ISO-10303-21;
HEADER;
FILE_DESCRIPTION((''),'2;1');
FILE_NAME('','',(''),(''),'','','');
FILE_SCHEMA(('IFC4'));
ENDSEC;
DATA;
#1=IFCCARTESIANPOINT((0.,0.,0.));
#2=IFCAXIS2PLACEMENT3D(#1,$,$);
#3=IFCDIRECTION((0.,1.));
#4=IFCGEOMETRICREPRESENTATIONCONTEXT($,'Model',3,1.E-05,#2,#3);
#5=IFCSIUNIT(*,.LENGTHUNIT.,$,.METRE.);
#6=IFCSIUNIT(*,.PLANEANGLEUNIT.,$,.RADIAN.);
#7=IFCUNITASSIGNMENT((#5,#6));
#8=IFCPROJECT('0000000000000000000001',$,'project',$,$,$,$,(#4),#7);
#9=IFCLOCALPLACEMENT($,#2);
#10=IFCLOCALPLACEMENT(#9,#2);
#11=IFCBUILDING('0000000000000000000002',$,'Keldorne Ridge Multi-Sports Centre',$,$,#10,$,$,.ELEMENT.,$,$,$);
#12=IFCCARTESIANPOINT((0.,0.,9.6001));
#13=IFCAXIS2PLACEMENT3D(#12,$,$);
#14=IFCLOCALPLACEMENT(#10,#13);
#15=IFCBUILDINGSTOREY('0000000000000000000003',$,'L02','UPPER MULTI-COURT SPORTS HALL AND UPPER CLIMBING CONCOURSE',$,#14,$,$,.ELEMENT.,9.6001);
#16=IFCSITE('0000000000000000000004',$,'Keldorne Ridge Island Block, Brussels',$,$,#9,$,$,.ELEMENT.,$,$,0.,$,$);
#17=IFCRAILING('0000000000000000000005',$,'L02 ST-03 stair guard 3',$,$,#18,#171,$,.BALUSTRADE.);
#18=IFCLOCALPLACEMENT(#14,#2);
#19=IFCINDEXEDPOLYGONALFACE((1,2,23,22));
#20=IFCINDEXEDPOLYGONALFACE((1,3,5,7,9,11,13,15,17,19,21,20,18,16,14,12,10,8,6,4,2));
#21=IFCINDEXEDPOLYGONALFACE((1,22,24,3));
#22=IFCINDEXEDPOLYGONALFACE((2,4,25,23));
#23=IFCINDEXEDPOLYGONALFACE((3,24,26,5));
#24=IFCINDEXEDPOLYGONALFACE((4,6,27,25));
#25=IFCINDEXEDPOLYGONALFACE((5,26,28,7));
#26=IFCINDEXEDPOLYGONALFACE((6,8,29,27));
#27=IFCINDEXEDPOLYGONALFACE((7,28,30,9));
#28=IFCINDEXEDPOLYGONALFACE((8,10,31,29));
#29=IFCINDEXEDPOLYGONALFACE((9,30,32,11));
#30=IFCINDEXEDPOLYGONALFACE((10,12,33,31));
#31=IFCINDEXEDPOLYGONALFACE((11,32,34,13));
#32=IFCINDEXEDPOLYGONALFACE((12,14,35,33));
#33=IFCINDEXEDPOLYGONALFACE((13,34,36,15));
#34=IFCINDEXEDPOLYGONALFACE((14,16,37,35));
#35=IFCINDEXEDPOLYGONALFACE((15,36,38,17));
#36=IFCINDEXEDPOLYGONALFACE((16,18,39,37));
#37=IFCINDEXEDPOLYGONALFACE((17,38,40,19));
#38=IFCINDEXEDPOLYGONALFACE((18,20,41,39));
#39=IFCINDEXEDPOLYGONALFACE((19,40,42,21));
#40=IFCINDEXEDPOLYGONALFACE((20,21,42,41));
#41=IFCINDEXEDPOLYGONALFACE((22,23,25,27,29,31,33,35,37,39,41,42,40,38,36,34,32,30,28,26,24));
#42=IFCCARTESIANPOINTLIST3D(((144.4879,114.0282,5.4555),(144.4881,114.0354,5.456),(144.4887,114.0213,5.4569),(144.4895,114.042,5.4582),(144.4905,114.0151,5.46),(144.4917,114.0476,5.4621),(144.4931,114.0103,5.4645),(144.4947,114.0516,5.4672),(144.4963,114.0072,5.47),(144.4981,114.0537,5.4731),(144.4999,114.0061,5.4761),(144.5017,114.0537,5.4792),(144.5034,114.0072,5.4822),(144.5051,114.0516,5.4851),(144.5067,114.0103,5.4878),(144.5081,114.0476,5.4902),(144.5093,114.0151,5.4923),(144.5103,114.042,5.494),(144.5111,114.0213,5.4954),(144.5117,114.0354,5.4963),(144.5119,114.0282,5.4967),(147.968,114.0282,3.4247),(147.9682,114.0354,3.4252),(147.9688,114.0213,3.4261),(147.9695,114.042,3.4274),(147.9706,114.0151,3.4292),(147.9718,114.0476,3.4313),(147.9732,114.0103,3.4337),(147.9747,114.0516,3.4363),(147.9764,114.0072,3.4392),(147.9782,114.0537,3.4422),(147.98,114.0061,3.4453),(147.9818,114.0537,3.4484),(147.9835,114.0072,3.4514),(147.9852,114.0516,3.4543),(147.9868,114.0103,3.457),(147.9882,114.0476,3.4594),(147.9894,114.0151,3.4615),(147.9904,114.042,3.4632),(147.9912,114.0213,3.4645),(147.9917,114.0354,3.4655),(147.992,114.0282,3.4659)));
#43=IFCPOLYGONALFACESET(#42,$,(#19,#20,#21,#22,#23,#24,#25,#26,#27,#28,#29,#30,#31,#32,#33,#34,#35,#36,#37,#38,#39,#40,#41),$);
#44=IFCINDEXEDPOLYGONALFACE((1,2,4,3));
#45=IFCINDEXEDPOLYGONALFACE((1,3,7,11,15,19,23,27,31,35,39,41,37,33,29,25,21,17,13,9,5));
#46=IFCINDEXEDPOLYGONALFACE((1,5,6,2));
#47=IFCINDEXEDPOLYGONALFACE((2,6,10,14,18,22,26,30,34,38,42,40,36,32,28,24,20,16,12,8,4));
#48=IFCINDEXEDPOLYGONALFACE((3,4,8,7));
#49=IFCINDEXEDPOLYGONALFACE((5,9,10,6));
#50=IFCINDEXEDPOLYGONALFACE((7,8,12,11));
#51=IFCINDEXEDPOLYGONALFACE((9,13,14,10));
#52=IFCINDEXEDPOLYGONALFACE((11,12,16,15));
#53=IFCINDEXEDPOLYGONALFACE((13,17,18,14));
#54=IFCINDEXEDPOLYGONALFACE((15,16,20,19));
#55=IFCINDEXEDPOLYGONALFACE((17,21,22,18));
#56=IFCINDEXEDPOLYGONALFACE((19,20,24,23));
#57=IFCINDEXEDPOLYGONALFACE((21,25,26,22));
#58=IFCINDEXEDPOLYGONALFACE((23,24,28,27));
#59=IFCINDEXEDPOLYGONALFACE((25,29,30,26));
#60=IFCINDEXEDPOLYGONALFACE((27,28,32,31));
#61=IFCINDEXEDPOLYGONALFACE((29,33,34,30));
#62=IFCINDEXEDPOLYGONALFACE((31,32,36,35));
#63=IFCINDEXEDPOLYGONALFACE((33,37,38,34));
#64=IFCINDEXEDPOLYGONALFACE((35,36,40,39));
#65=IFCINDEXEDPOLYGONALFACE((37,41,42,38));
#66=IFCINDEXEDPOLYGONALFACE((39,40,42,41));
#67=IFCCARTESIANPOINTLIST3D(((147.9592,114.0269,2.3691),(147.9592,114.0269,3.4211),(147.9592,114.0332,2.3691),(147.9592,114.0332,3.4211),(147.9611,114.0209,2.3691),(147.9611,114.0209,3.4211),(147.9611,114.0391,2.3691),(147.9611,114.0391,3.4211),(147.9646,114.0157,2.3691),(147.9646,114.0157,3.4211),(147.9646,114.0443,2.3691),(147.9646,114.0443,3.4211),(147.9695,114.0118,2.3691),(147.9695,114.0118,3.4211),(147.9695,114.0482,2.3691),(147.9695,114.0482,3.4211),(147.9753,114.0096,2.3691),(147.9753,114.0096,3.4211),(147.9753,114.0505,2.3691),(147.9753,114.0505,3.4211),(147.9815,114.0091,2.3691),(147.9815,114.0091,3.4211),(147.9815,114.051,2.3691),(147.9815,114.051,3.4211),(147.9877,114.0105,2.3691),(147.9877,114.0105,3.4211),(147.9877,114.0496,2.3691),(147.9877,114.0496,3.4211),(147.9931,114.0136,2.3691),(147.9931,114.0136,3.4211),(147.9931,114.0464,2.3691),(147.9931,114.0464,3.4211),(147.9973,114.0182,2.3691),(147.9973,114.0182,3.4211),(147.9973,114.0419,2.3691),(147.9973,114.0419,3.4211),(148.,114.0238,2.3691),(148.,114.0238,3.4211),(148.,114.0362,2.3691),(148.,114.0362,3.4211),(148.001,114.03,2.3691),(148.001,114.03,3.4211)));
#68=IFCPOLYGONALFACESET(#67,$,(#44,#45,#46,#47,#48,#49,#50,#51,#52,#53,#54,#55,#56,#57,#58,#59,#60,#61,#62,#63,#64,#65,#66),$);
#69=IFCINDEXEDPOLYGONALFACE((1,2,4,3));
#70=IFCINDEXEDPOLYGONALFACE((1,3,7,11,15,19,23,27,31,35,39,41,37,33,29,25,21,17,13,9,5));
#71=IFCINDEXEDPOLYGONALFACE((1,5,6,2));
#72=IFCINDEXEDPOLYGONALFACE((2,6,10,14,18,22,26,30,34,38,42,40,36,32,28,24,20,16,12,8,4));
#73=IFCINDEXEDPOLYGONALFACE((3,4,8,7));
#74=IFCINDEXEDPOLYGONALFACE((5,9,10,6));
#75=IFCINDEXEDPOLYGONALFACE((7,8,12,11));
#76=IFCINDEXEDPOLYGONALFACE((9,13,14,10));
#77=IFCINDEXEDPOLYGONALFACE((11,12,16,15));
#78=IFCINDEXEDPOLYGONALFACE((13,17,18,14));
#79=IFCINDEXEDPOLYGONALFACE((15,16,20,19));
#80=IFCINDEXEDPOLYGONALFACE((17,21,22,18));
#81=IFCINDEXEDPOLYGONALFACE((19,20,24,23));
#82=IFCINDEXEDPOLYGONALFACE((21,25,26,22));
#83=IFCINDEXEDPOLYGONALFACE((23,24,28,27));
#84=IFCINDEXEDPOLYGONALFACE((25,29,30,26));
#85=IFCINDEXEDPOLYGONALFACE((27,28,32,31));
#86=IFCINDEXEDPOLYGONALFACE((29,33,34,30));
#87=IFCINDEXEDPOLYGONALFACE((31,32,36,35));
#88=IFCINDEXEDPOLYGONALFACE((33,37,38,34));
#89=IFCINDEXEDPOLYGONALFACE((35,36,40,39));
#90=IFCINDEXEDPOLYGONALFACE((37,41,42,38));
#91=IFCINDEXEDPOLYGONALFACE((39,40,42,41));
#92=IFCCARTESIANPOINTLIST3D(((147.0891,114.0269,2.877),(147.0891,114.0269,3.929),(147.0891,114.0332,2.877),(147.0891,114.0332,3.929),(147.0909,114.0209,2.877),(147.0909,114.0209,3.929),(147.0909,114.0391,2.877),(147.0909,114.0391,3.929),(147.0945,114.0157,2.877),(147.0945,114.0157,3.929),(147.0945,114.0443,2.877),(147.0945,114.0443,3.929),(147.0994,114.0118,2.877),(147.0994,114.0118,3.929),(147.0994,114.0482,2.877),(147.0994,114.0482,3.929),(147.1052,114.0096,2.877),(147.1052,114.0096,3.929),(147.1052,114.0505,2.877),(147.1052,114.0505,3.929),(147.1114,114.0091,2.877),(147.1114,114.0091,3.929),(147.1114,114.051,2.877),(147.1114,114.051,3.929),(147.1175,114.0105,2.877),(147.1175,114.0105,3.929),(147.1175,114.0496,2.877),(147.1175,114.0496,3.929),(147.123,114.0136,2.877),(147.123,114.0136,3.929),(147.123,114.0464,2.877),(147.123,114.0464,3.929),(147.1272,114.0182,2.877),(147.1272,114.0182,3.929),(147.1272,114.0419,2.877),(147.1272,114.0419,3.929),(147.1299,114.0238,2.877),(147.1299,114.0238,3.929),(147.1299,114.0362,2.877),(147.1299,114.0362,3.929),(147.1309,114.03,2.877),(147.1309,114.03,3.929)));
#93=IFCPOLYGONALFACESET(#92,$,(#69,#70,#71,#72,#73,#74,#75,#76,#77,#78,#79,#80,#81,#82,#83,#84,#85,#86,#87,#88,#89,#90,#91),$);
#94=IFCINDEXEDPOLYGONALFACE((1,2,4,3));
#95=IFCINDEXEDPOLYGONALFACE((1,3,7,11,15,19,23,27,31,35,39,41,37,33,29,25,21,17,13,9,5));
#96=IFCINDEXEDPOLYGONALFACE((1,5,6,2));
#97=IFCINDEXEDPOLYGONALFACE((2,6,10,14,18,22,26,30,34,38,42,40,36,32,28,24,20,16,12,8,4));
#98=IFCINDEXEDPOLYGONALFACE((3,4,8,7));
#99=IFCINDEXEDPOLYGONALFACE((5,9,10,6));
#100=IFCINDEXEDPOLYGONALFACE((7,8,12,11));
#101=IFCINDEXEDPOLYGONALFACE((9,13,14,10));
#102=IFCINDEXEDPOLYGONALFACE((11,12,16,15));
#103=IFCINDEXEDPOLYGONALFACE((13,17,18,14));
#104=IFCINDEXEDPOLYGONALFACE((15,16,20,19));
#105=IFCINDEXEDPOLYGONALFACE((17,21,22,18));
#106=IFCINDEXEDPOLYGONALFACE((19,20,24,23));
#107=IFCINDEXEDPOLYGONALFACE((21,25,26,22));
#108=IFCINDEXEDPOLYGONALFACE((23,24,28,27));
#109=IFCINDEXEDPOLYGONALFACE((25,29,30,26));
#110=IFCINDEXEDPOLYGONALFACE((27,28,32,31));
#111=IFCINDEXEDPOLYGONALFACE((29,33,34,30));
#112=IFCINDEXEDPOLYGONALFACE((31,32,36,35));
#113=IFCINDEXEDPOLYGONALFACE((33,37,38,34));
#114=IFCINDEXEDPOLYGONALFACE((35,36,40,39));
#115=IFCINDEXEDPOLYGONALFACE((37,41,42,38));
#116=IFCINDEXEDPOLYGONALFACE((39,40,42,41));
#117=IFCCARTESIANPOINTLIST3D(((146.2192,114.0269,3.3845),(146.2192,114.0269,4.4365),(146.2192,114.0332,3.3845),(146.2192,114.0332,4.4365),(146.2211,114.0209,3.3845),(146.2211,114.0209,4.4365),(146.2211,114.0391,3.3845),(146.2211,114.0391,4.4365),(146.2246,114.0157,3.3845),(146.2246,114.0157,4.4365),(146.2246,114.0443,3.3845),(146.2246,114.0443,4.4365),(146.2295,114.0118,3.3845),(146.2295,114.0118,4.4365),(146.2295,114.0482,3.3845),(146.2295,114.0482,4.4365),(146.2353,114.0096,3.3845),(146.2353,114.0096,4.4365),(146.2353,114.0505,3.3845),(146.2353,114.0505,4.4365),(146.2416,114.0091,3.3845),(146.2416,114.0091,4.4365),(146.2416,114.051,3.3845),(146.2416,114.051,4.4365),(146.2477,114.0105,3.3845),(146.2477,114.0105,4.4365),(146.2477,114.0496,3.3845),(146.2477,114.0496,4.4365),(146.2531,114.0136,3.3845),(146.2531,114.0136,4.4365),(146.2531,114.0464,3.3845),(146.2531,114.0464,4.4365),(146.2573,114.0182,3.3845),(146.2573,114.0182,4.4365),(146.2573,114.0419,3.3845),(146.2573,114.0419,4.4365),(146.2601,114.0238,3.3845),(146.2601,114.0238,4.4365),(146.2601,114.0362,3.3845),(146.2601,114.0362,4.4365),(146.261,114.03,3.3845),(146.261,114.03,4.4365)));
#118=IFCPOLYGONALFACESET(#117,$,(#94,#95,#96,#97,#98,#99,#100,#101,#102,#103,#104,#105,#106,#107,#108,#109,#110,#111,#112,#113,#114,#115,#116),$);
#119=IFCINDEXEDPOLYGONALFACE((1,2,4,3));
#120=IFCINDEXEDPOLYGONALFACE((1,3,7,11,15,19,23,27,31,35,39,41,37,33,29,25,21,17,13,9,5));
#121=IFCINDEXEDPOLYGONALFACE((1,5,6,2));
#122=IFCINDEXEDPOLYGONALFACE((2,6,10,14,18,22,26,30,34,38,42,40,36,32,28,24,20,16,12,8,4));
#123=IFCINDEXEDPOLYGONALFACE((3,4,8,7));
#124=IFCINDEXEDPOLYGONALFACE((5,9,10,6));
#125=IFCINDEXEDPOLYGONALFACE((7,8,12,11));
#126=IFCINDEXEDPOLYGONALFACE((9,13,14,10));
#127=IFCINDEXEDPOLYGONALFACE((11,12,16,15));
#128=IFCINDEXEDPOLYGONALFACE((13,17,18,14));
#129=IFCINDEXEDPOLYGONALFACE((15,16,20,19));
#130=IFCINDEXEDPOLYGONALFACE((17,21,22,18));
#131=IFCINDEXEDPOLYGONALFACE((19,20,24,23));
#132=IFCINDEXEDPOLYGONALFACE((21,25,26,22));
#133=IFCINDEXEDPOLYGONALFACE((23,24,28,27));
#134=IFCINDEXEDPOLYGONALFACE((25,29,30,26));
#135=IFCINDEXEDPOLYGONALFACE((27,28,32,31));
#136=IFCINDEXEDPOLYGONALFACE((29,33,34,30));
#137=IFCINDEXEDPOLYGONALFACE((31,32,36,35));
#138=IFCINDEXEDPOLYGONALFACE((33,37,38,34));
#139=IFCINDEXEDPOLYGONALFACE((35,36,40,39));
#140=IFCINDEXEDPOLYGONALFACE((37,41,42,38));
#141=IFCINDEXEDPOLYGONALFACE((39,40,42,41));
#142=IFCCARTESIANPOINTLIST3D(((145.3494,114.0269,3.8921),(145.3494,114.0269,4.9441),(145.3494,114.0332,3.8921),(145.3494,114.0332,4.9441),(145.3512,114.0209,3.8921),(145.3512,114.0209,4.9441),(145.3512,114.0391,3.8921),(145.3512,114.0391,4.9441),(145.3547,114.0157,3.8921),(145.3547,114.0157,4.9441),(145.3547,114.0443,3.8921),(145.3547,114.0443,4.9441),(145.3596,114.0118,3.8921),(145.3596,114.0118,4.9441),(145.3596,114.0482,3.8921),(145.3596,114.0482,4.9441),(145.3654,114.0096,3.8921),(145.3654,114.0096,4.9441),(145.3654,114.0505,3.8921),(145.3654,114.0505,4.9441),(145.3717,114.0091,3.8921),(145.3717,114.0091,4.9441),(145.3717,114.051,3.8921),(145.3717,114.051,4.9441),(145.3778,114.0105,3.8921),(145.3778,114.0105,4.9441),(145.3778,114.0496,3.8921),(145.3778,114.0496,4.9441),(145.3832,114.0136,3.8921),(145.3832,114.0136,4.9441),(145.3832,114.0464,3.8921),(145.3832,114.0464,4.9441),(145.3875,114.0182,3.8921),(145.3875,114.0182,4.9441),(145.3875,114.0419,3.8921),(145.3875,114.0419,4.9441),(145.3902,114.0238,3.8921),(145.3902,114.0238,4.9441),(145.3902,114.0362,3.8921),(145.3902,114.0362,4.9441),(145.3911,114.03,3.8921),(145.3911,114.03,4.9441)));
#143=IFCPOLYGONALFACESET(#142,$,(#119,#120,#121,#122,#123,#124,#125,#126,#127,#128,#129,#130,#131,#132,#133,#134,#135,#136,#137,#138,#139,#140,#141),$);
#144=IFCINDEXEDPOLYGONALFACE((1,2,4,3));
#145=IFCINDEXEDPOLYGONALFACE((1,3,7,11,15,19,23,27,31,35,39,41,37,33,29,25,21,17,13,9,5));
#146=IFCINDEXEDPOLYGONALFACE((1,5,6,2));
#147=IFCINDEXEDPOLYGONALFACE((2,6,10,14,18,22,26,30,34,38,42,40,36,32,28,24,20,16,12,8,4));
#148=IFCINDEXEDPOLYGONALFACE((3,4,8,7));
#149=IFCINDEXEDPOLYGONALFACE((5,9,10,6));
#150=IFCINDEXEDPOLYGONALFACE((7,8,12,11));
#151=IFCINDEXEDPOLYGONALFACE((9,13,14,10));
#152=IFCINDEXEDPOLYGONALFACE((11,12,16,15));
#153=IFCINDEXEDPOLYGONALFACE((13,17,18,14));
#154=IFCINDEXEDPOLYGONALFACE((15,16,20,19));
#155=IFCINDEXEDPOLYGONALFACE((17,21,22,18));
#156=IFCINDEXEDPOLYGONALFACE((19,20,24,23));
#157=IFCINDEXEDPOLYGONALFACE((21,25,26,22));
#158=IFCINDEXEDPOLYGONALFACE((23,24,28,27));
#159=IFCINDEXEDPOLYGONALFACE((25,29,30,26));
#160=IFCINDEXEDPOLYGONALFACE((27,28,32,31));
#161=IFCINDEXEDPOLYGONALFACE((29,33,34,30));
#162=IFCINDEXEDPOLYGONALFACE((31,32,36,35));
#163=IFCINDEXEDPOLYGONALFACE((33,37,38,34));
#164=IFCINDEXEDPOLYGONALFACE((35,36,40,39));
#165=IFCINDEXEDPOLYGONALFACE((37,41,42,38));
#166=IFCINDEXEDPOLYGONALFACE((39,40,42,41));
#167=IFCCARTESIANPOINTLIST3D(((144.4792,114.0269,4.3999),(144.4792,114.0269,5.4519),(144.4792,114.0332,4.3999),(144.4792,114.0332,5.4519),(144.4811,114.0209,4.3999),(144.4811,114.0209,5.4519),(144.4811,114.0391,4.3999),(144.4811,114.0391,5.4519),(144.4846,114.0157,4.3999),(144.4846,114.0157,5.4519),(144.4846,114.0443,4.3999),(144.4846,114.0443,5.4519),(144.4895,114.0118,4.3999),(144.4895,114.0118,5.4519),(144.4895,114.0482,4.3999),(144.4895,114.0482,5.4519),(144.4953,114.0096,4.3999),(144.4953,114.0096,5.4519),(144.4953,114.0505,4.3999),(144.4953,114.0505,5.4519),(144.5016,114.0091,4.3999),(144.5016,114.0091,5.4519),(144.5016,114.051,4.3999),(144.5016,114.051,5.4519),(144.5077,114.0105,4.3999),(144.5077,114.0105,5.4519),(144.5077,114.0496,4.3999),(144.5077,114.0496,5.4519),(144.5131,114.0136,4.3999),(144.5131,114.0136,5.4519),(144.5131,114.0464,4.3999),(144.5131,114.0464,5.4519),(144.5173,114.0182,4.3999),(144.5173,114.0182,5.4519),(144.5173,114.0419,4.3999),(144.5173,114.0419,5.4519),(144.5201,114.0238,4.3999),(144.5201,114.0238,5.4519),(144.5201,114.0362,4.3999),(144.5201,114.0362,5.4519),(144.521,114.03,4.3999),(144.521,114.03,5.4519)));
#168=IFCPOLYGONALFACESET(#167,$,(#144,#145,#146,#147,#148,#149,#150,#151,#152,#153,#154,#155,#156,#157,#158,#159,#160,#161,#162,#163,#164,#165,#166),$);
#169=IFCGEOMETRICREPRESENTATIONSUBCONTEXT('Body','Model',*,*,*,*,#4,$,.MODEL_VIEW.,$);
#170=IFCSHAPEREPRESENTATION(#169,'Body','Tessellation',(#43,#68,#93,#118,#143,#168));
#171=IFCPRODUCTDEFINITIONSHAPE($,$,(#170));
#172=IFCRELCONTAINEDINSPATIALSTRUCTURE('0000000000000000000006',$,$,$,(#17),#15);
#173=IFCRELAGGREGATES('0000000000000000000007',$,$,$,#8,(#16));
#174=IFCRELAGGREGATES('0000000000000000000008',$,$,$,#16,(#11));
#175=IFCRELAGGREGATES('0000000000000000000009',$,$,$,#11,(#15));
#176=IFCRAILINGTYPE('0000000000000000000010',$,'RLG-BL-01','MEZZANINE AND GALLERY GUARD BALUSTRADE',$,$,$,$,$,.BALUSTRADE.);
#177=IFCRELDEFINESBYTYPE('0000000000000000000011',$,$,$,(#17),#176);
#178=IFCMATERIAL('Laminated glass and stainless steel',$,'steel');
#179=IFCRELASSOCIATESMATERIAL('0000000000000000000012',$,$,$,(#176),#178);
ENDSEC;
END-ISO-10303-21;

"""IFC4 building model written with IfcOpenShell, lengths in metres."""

from ifc_helpers import new_model, si_unit, direction, frame, origin, origin_2d, place, context, subcontext, project, spatial, circle, extrude, material, type_object, element, save


model = new_model("IFC4")

# Units and contexts
model_context = context("Model", 3, precision=1e-05, world=origin(), true_north=direction((0.0, 1.0)))
body_context = subcontext(model_context, "Body", "Model", "MODEL_VIEW")
ifc_project = project(units=[si_unit("LENGTHUNIT", "METRE"), si_unit("PLANEANGLEUNIT", "RADIAN")], contexts=[model_context])

# Site, building, storey
site_placement = place(None, origin())
site = spatial("IfcSite", under=ifc_project, at=site_placement, Name="Keldorne Ridge Island Block, Brussels", CompositionType="ELEMENT", RefElevation=0.0)
building_placement = place(site_placement, origin())
building = spatial("IfcBuilding", under=site, at=building_placement, Name="Keldorne Ridge Multi-Sports Centre", CompositionType="ELEMENT")
storey_placement = place(building_placement, frame((0.0, 0.0, 9.6001)))
storey = spatial("IfcBuildingStorey", under=building, at=storey_placement, Name="L02", Description="UPPER MULTI-COURT SPORTS HALL AND UPPER CLIMBING CONCOURSE", CompositionType="ELEMENT", Elevation=9.6001)

# Railing
ifc_material_1 = material(Name="Laminated glass and stainless steel", Category="steel")
railing_type_1 = type_object("IfcRailingType", Name="RLG-BL-01", Description="MEZZANINE AND GALLERY GUARD BALUSTRADE", PredefinedType="BALUSTRADE", material=ifc_material_1)
railing_1_placement = place(storey_placement, frame((147.98, 114.03, 2.3691)))
element("IfcRailing", 1, at=railing_1_placement, inside=storey, type_object=railing_type_1, Name="L02 ST-03 stair guard 3", PredefinedType="BALUSTRADE", context=body_context, shape_type="SweptSolid", body=[
    extrude(circle(Radius=0.0239, at=origin_2d()), frame((0.0, 0.0, 1.0762), z_axis=(-0.863695, 0.0, 0.504014), x_axis=(0.0, -1.0, 0.0)), (0.0, 0.0, 1.0), 4.0293),
    extrude(circle(Radius=0.021, at=origin_2d()), origin(), (0.0, 0.0, 1.0), 1.052),
    extrude(circle(Radius=0.021, at=origin_2d()), frame((-0.8701, 0.0, 0.5078)), (0.0, 0.0, 1.0), 1.052),
    extrude(circle(Radius=0.021, at=origin_2d()), frame((-1.74, 0.0, 1.0154)), (0.0, 0.0, 1.0), 1.052),
    extrude(circle(Radius=0.021, at=origin_2d()), frame((-2.6099, 0.0, 1.5229)), (0.0, 0.0, 1.0), 1.052),
    extrude(circle(Radius=0.021, at=origin_2d()), frame((-3.48, 0.0, 2.0308)), (0.0, 0.0, 1.0), 1.052),
])

save(model, "model.ifc")
